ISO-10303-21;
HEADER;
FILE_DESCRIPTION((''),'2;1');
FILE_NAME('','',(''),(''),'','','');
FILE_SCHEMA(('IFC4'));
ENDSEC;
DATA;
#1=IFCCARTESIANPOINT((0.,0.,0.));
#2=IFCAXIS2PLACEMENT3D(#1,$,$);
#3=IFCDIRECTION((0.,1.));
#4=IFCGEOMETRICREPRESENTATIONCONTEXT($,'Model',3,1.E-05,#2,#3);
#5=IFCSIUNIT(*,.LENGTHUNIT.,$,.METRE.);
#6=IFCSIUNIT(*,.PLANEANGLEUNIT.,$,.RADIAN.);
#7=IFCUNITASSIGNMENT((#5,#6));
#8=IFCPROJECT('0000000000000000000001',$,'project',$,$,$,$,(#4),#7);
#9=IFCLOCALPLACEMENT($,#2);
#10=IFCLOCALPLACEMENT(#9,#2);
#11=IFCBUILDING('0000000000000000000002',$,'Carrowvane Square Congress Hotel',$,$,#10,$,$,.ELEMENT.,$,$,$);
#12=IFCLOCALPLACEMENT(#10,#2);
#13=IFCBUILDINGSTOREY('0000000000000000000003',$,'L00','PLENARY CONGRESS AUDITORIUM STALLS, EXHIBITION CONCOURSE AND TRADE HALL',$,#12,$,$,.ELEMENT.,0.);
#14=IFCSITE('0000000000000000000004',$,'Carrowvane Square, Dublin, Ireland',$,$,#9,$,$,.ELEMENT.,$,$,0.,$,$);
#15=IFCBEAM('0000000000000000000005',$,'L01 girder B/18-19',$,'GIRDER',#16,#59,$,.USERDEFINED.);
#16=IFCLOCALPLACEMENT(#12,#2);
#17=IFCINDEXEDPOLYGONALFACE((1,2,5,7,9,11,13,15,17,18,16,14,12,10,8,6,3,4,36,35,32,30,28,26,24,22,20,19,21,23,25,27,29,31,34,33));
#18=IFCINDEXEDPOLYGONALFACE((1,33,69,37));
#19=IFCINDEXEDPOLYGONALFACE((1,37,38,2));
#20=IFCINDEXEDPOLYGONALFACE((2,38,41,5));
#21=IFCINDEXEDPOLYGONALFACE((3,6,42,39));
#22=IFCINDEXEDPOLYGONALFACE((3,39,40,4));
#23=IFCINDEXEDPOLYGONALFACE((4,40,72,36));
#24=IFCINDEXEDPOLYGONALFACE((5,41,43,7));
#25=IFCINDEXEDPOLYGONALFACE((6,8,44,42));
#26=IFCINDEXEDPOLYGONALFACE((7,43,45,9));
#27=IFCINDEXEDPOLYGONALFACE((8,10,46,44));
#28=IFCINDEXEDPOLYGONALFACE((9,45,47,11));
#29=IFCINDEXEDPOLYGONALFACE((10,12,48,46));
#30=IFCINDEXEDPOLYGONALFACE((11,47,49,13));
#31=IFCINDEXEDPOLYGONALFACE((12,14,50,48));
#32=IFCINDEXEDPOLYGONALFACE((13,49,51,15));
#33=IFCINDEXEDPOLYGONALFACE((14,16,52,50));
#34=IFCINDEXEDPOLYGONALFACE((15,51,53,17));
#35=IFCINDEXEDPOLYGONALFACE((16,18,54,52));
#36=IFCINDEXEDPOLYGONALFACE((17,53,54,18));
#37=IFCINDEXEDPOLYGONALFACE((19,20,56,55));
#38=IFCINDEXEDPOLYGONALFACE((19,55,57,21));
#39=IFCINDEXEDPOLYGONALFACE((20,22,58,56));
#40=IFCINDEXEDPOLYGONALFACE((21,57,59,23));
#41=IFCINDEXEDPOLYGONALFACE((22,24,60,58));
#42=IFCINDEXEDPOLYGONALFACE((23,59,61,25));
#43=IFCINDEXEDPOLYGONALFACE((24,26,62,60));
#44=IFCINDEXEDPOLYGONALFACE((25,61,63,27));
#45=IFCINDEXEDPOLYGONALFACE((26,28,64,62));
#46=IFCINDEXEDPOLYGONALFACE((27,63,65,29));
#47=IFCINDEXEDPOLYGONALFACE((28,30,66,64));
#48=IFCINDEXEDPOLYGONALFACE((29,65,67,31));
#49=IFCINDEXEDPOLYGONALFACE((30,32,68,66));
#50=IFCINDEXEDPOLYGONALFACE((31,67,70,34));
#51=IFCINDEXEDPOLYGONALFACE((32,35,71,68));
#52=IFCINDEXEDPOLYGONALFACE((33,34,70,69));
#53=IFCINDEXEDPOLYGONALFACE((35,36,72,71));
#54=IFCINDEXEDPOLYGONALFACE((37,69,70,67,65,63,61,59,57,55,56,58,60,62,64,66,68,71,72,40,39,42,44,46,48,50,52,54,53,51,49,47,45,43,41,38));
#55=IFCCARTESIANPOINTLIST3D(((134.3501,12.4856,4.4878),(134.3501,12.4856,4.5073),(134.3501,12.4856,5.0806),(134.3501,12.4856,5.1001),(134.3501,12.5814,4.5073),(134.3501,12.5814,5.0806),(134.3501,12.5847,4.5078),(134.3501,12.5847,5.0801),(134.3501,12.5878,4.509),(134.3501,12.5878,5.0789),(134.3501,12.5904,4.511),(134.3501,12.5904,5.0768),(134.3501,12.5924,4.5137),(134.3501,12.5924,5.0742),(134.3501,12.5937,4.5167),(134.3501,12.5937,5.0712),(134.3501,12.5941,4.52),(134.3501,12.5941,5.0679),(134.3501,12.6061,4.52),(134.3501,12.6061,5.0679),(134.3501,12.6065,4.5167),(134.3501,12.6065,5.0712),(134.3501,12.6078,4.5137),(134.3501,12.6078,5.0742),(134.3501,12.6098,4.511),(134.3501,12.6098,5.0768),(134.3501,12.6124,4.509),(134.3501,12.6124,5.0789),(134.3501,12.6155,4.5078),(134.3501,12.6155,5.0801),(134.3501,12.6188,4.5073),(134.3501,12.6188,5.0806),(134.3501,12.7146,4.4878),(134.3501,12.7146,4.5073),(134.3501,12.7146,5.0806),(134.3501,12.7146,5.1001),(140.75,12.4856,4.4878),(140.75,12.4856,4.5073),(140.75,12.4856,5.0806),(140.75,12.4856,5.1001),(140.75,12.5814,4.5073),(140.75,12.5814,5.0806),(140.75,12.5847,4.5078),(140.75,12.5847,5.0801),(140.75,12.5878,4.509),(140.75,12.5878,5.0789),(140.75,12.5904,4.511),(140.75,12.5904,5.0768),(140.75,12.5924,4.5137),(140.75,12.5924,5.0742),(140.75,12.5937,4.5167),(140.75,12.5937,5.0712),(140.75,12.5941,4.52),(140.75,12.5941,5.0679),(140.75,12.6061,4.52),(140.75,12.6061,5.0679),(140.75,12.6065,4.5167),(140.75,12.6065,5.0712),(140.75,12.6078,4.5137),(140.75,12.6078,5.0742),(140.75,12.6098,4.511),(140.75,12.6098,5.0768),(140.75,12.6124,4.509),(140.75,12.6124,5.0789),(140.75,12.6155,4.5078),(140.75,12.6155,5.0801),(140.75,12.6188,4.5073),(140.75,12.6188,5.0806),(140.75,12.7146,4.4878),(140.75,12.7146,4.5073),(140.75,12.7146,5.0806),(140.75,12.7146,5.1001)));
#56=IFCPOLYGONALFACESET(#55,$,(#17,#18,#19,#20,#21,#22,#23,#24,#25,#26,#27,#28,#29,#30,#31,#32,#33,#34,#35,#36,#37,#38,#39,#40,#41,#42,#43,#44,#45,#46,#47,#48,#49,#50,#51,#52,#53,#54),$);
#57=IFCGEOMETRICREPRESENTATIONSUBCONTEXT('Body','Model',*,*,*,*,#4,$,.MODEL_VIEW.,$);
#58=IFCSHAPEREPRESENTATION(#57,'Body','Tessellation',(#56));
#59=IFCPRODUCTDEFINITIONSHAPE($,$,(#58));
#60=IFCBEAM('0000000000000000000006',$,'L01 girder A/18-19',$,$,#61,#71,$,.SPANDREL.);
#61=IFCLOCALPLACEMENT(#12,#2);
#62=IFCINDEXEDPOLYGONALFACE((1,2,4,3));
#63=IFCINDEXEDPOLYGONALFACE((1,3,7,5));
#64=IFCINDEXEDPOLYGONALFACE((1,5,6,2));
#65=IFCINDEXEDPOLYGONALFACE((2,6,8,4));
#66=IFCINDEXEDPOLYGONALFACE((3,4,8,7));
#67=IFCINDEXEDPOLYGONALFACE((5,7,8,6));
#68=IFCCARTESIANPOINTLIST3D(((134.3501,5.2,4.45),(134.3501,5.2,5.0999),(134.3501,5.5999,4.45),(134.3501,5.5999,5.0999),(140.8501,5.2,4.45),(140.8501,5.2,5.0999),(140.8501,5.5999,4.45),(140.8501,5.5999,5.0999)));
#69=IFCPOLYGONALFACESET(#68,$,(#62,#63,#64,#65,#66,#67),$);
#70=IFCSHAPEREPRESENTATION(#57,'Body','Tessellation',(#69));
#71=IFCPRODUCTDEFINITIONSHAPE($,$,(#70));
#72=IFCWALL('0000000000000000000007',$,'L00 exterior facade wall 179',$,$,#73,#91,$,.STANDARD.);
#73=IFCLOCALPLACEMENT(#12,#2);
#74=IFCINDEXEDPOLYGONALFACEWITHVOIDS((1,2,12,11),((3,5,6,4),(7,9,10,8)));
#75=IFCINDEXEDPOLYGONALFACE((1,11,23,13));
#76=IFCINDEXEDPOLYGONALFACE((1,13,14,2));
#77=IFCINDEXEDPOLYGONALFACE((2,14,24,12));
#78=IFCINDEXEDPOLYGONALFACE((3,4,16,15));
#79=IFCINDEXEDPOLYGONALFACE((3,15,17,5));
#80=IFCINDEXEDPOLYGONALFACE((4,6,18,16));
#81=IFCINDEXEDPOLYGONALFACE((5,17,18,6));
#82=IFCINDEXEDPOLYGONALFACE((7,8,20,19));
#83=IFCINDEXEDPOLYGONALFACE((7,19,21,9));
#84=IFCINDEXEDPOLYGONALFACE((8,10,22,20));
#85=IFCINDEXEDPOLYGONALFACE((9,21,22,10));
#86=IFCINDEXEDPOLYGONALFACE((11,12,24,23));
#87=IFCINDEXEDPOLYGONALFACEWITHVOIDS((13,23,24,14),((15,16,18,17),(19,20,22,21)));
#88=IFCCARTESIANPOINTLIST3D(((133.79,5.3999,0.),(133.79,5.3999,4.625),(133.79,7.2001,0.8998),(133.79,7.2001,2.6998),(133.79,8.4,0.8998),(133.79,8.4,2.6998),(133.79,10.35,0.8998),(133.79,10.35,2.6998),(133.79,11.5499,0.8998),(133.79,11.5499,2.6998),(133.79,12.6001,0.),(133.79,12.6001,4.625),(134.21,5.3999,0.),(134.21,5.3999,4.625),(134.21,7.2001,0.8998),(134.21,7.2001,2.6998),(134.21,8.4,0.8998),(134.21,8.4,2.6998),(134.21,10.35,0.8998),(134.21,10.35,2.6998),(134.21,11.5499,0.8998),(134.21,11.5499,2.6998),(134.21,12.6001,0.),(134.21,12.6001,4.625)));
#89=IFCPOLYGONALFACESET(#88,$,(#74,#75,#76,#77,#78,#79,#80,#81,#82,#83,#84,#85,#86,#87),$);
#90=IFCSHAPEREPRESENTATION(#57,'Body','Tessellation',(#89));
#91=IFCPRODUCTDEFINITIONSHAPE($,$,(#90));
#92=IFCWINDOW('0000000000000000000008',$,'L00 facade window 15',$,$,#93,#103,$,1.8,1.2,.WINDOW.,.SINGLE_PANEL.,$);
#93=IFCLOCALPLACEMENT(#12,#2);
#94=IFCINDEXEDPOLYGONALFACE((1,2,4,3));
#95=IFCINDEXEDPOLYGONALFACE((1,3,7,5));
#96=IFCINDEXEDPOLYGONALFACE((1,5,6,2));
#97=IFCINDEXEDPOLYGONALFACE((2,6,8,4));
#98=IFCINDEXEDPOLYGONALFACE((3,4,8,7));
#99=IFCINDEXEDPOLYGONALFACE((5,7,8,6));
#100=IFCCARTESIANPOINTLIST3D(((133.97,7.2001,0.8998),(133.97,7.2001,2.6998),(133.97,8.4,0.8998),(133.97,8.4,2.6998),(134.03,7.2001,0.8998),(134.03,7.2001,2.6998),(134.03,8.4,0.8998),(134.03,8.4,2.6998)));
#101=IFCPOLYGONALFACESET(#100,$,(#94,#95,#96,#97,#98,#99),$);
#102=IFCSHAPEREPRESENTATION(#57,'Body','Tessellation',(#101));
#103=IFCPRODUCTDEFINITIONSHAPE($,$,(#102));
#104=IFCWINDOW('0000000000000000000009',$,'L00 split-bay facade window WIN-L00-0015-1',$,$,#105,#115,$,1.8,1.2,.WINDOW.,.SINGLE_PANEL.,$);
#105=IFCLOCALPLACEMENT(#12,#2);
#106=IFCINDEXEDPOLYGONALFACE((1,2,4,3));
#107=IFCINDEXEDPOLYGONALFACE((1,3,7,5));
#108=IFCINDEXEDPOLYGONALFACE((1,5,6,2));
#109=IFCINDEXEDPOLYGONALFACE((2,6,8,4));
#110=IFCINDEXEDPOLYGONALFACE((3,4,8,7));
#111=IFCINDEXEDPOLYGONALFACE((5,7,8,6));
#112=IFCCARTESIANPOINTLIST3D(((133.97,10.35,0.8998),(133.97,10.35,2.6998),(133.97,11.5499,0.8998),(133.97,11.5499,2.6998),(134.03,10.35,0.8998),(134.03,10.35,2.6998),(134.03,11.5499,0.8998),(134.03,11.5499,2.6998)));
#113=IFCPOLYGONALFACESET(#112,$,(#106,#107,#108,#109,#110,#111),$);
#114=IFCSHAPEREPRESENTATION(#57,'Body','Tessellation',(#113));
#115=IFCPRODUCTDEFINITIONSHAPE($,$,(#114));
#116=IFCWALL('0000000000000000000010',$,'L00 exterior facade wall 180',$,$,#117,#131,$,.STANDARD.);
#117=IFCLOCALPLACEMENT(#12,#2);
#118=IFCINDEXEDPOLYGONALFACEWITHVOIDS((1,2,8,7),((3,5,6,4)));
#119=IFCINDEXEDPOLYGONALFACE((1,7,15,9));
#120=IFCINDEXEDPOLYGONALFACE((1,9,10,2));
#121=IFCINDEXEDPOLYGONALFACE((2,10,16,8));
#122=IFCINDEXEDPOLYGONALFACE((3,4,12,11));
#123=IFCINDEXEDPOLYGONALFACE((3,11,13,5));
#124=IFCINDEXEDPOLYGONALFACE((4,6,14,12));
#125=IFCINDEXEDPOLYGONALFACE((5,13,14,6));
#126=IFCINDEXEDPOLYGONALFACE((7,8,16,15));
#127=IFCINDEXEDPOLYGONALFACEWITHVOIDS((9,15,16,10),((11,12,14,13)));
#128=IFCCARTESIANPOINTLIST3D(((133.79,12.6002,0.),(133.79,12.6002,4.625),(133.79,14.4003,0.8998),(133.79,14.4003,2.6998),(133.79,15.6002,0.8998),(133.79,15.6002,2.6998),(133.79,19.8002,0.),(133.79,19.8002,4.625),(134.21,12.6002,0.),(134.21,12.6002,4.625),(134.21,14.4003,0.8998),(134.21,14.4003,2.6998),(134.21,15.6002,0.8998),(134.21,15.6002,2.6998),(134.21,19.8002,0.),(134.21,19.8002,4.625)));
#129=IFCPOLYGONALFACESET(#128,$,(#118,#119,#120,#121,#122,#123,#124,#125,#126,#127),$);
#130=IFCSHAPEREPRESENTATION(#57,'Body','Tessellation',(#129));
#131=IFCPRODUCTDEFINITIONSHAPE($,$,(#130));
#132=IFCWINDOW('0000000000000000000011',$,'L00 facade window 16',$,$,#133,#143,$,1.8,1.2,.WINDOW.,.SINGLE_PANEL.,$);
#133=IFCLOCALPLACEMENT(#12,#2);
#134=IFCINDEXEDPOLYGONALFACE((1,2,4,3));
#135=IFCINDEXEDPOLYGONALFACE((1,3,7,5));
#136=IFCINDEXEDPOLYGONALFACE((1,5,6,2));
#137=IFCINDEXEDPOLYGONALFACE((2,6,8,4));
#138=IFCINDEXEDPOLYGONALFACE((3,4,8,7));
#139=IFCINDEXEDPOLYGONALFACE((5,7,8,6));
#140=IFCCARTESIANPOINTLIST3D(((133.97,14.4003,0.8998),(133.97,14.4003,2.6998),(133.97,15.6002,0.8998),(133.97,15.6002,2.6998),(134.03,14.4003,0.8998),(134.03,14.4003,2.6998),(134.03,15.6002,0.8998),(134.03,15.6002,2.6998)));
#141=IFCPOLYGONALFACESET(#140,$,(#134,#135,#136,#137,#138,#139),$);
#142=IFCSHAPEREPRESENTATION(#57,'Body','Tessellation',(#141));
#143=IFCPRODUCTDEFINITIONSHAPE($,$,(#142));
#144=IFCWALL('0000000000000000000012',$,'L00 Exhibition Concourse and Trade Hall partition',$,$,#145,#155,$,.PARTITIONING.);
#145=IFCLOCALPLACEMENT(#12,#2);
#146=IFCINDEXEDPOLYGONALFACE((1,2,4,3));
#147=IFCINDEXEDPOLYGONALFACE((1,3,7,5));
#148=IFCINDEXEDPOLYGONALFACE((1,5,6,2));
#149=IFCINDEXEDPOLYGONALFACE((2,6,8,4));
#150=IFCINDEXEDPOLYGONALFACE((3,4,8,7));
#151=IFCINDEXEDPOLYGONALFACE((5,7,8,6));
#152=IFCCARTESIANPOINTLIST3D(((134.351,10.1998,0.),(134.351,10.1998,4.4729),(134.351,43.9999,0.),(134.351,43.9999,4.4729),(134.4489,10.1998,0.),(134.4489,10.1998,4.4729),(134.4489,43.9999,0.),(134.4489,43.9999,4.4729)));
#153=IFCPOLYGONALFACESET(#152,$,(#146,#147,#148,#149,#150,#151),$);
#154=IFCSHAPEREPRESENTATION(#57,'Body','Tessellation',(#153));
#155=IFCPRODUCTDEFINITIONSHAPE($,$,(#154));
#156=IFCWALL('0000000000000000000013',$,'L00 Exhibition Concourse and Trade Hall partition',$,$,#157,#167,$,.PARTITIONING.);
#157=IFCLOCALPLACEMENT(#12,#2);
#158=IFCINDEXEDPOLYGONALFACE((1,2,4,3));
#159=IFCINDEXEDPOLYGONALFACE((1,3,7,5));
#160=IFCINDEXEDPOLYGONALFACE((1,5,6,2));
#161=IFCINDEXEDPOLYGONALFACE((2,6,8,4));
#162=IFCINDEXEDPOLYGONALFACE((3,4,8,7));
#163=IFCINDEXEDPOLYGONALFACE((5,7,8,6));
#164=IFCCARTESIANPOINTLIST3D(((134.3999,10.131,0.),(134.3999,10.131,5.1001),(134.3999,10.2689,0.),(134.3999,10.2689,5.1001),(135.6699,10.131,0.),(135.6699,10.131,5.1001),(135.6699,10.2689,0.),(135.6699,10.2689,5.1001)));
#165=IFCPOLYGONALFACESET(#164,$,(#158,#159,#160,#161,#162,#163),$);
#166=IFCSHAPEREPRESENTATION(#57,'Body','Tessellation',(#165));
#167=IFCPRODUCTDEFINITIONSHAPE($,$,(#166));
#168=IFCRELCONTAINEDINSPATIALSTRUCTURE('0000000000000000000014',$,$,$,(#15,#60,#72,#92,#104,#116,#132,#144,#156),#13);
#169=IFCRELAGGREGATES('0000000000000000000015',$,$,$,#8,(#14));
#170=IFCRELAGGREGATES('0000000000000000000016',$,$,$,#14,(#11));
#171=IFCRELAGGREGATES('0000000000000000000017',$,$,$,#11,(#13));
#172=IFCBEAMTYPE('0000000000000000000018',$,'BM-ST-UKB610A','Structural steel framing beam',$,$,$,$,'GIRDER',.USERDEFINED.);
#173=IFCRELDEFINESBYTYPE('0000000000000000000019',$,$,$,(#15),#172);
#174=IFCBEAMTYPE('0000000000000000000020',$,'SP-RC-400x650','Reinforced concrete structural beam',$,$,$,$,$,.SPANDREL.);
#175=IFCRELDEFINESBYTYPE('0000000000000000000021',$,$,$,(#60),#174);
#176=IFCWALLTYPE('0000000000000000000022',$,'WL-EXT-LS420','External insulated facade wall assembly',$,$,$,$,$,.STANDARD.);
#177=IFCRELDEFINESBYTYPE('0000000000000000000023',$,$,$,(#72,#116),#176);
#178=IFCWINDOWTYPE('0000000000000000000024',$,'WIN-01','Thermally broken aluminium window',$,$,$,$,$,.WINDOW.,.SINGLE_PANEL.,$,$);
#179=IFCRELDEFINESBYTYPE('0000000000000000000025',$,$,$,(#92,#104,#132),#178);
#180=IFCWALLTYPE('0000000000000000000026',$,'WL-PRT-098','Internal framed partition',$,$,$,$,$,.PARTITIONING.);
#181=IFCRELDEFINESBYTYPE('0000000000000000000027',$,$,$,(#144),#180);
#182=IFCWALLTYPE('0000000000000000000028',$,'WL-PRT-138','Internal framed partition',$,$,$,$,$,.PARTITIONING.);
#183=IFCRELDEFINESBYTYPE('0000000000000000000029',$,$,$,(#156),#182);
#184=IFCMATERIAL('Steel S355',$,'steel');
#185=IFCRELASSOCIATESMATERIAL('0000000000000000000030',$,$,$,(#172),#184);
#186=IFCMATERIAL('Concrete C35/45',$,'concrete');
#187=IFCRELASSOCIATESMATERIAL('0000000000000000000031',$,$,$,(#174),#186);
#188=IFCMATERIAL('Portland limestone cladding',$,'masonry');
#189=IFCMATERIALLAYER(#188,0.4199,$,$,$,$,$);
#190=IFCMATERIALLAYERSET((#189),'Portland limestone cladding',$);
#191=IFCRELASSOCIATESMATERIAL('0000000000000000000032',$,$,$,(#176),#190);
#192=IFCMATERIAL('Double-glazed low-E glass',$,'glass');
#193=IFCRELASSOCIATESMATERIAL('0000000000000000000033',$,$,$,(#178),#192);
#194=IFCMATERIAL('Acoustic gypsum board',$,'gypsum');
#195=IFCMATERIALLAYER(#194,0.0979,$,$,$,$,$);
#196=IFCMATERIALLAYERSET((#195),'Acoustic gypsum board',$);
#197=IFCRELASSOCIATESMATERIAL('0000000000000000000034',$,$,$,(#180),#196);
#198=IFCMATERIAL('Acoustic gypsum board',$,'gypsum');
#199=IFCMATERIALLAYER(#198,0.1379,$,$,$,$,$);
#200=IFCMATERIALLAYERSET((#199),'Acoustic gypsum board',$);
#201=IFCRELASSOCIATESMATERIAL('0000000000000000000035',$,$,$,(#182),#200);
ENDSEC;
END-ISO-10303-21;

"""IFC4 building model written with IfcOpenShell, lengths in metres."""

from ifc_helpers import new_model, si_unit, direction, frame, frame_2d, origin, origin_2d, place, context, subcontext, project, spatial, rectangle, i_section, extrude, material, layer, layer_set, material_profile, profile_set, type_object, element, fill, save


model = new_model("IFC4")

# Units and contexts
model_context = context("Model", 3, precision=1e-05, world=origin(), true_north=direction((0.0, 1.0)))
body_context = subcontext(model_context, "Body", "Model", "MODEL_VIEW")
ifc_project = project(units=[si_unit("LENGTHUNIT", "METRE"), si_unit("PLANEANGLEUNIT", "RADIAN")], contexts=[model_context])

# Site, building, storey
site_placement = place(None, origin())
site = spatial("IfcSite", under=ifc_project, at=site_placement, Name="Carrowvane Square, Dublin, Ireland", CompositionType="ELEMENT", RefElevation=0.0)
building_placement = place(site_placement, origin())
building = spatial("IfcBuilding", under=site, at=building_placement, Name="Carrowvane Square Congress Hotel", CompositionType="ELEMENT")
storey_placement = place(building_placement, origin())
storey = spatial("IfcBuildingStorey", under=building, at=storey_placement, Name="L00", Description="PLENARY CONGRESS AUDITORIUM STALLS, EXHIBITION CONCOURSE AND TRADE HALL", CompositionType="ELEMENT", Elevation=0.0)

# Beams
ifc_material_1 = material(Name="Steel S355", Category="steel")
ifc_material_profile_1 = material_profile(ifc_material_1, i_section(OverallWidth=0.229, OverallDepth=0.6123, WebThickness=0.012, FlangeThickness=0.0195, FilletRadius=0.0127, at=origin_2d()), Name="UKB 610x229x125")
ifc_profile_set_1 = profile_set([ifc_material_profile_1], Name="Steel S355")
beam_type_1 = type_object("IfcBeamType", Name="BM-ST-UKB610A", Description="Structural steel framing beam", ElementType="GIRDER", PredefinedType="USERDEFINED", material=ifc_profile_set_1)
beam_1_placement = place(storey_placement, frame((134.3501, 12.6001, 4.7939), z_axis=(1.0, 0.0, 0.0), x_axis=(0.0, 1.0, 0.0)))
element("IfcBeam", 1, at=beam_1_placement, inside=storey, type_object=beam_type_1, Name="L01 girder B/18-19", ObjectType="GIRDER", PredefinedType="USERDEFINED", context=body_context, shape_type="SweptSolid", body=[
    extrude(i_section(OverallWidth=0.229, OverallDepth=0.6123, WebThickness=0.012, FlangeThickness=0.0195, FilletRadius=0.0127, at=origin_2d()), origin(), (0.0, 0.0, 1.0), 6.3999),
])
ifc_material_2 = material(Name="Concrete C35/45", Category="concrete")
ifc_material_profile_2 = material_profile(ifc_material_2, rectangle(XDim=0.3999, YDim=0.6499, at=origin_2d()), Name="RC 400x650")
ifc_profile_set_2 = profile_set([ifc_material_profile_2], Name="Concrete C35/45")
beam_type_2 = type_object("IfcBeamType", Name="SP-RC-400x650", Description="Reinforced concrete structural beam", PredefinedType="SPANDREL", material=ifc_profile_set_2)
beam_2_placement = place(storey_placement, frame((134.3501, 5.3999, 4.7749), z_axis=(1.0, 0.0, 0.0), x_axis=(0.0, 1.0, 0.0)))
element("IfcBeam", 2, at=beam_2_placement, inside=storey, type_object=beam_type_2, Name="L01 girder A/18-19", PredefinedType="SPANDREL", context=body_context, shape_type="SweptSolid", body=[
    extrude(rectangle(XDim=0.3999, YDim=0.6499, at=origin_2d()), origin(), (0.0, 0.0, 1.0), 6.5),
])

# Wall, openings, windows
ifc_material_3 = material(Name="Portland limestone cladding", Category="masonry")
ifc_layer_1 = layer(ifc_material_3, 0.4199)
ifc_layer_set_1 = layer_set([ifc_layer_1], Name="Portland limestone cladding")
wall_type_1 = type_object("IfcWallType", Name="WL-EXT-LS420", Description="External insulated facade wall assembly", PredefinedType="STANDARD", material=ifc_layer_set_1)
wall_1_placement = place(storey_placement, frame((134.0, 5.3999, 0.0), z_axis=(0.0, 0.0, 1.0), x_axis=(0.0, 1.0, 0.0)))
wall_1 = element("IfcWall", 3, at=wall_1_placement, inside=storey, type_object=wall_type_1, Name="L00 exterior facade wall 179", PredefinedType="STANDARD", context=body_context, shape_type="SweptSolid", body=[
    extrude(rectangle(XDim=7.2002, YDim=0.4199, at=frame_2d((3.6001, 0.0))), origin(), (0.0, 0.0, 1.0), 4.625),
])
opening_1_placement = place(wall_1_placement, frame((1.8, 0.0, 0.8999)))
opening_1 = element("IfcOpeningElement", 4, at=opening_1_placement, cuts=wall_1, PredefinedType="OPENING", context=body_context, shape_type="SweptSolid", body=[
    extrude(rectangle(XDim=1.2, YDim=1.8, at=frame_2d((0.6001, 0.8999))), frame((0.0, 0.22, 0.0), z_axis=(0.0, -1.0, 0.0), x_axis=(1.0, 0.0, 0.0)), (0.0, 0.0, 1.0), 0.4399),
])
opening_2_placement = place(wall_1_placement, frame((4.95, 0.0, 0.8999)))
opening_2 = element("IfcOpeningElement", 5, at=opening_2_placement, cuts=wall_1, PredefinedType="OPENING", context=body_context, shape_type="SweptSolid", body=[
    extrude(rectangle(XDim=1.2, YDim=1.8, at=frame_2d((0.6001, 0.8999))), frame((0.0, 0.22, 0.0), z_axis=(0.0, -1.0, 0.0), x_axis=(1.0, 0.0, 0.0)), (0.0, 0.0, 1.0), 0.4399),
])
ifc_material_4 = material(Name="Double-glazed low-E glass", Category="glass")
window_type = type_object("IfcWindowType", Name="WIN-01", Description="Thermally broken aluminium window", PartitioningType="SINGLE_PANEL", PredefinedType="WINDOW", material=ifc_material_4)
window_1_placement = place(opening_1_placement, origin())
window_1 = element("IfcWindow", 6, at=window_1_placement, inside=storey, type_object=window_type, Name="L00 facade window 15", OverallHeight=1.8, OverallWidth=1.2, PartitioningType="SINGLE_PANEL", PredefinedType="WINDOW", context=body_context, shape_type="SweptSolid", body=[
    extrude(rectangle(XDim=1.2, YDim=1.8, at=frame_2d((0.6001, 0.8999))), frame((0.0, 0.03, 0.0), z_axis=(0.0, -1.0, 0.0), x_axis=(1.0, 0.0, 0.0)), (0.0, 0.0, 1.0), 0.0601),
])
fill(opening_1, window_1)
window_2_placement = place(opening_2_placement, origin())
window_2 = element("IfcWindow", 7, at=window_2_placement, inside=storey, type_object=window_type, Name="L00 split-bay facade window WIN-L00-0015-1", OverallHeight=1.8, OverallWidth=1.2, PartitioningType="SINGLE_PANEL", PredefinedType="WINDOW", context=body_context, shape_type="SweptSolid", body=[
    extrude(rectangle(XDim=1.2, YDim=1.8, at=frame_2d((0.6001, 0.8999))), frame((0.0, 0.03, 0.0), z_axis=(0.0, -1.0, 0.0), x_axis=(1.0, 0.0, 0.0)), (0.0, 0.0, 1.0), 0.0601),
])
fill(opening_2, window_2)

# Wall, opening, window
wall_2_placement = place(storey_placement, frame((134.0, 12.6001, 0.0), z_axis=(0.0, 0.0, 1.0), x_axis=(0.0, 1.0, 0.0)))
wall_2 = element("IfcWall", 8, at=wall_2_placement, inside=storey, type_object=wall_type_1, Name="L00 exterior facade wall 180", PredefinedType="STANDARD", context=body_context, shape_type="SweptSolid", body=[
    extrude(rectangle(XDim=7.2, YDim=0.4199, at=frame_2d((3.6001, 0.0))), origin(), (0.0, 0.0, 1.0), 4.625),
])
opening_3_placement = place(wall_2_placement, frame((1.8, 0.0, 0.8999)))
opening_3 = element("IfcOpeningElement", 9, at=opening_3_placement, cuts=wall_2, PredefinedType="OPENING", context=body_context, shape_type="SweptSolid", body=[
    extrude(rectangle(XDim=1.2, YDim=1.8, at=frame_2d((0.6001, 0.8999))), frame((0.0, 0.22, 0.0), z_axis=(0.0, -1.0, 0.0), x_axis=(1.0, 0.0, 0.0)), (0.0, 0.0, 1.0), 0.4399),
])
window_3_placement = place(opening_3_placement, origin())
window_3 = element("IfcWindow", 10, at=window_3_placement, inside=storey, type_object=window_type, Name="L00 facade window 16", OverallHeight=1.8, OverallWidth=1.2, PartitioningType="SINGLE_PANEL", PredefinedType="WINDOW", context=body_context, shape_type="SweptSolid", body=[
    extrude(rectangle(XDim=1.2, YDim=1.8, at=frame_2d((0.6001, 0.8999))), frame((0.0, 0.03, 0.0), z_axis=(0.0, -1.0, 0.0), x_axis=(1.0, 0.0, 0.0)), (0.0, 0.0, 1.0), 0.0601),
])
fill(opening_3, window_3)

# Walls
ifc_material_5 = material(Name="Acoustic gypsum board", Category="gypsum")
ifc_layer_2 = layer(ifc_material_5, 0.0979)
ifc_layer_set_2 = layer_set([ifc_layer_2], Name="Acoustic gypsum board")
wall_type_2 = type_object("IfcWallType", Name="WL-PRT-098", Description="Internal framed partition", PredefinedType="PARTITIONING", material=ifc_layer_set_2)
wall_3_placement = place(storey_placement, frame((134.3999, 10.2, 0.0), z_axis=(0.0, 0.0, 1.0), x_axis=(0.0, 1.0, 0.0)))
element("IfcWall", 11, at=wall_3_placement, inside=storey, type_object=wall_type_2, Name="L00 Exhibition Concourse and Trade Hall partition", PredefinedType="PARTITIONING", context=body_context, shape_type="SweptSolid", body=[
    extrude(rectangle(XDim=33.8, YDim=0.0979, at=frame_2d((16.8999, 0.0))), origin(), (0.0, 0.0, 1.0), 4.4729),
])
ifc_material_6 = material(Name="Acoustic gypsum board", Category="gypsum")
ifc_layer_3 = layer(ifc_material_6, 0.1379)
ifc_layer_set_3 = layer_set([ifc_layer_3], Name="Acoustic gypsum board")
wall_type_3 = type_object("IfcWallType", Name="WL-PRT-138", Description="Internal framed partition", PredefinedType="PARTITIONING", material=ifc_layer_set_3)
wall_4_placement = place(storey_placement, frame((135.6699, 10.2, 0.0), z_axis=(0.0, 0.0, 1.0), x_axis=(-1.0, 0.0, 0.0)))
element("IfcWall", 12, at=wall_4_placement, inside=storey, type_object=wall_type_3, Name="L00 Exhibition Concourse and Trade Hall partition", PredefinedType="PARTITIONING", context=body_context, shape_type="SweptSolid", body=[
    extrude(rectangle(XDim=1.27, YDim=0.1379, at=frame_2d((0.635, 0.0))), origin(), (0.0, 0.0, 1.0), 5.1001),
])

save(model, "model.ifc")
